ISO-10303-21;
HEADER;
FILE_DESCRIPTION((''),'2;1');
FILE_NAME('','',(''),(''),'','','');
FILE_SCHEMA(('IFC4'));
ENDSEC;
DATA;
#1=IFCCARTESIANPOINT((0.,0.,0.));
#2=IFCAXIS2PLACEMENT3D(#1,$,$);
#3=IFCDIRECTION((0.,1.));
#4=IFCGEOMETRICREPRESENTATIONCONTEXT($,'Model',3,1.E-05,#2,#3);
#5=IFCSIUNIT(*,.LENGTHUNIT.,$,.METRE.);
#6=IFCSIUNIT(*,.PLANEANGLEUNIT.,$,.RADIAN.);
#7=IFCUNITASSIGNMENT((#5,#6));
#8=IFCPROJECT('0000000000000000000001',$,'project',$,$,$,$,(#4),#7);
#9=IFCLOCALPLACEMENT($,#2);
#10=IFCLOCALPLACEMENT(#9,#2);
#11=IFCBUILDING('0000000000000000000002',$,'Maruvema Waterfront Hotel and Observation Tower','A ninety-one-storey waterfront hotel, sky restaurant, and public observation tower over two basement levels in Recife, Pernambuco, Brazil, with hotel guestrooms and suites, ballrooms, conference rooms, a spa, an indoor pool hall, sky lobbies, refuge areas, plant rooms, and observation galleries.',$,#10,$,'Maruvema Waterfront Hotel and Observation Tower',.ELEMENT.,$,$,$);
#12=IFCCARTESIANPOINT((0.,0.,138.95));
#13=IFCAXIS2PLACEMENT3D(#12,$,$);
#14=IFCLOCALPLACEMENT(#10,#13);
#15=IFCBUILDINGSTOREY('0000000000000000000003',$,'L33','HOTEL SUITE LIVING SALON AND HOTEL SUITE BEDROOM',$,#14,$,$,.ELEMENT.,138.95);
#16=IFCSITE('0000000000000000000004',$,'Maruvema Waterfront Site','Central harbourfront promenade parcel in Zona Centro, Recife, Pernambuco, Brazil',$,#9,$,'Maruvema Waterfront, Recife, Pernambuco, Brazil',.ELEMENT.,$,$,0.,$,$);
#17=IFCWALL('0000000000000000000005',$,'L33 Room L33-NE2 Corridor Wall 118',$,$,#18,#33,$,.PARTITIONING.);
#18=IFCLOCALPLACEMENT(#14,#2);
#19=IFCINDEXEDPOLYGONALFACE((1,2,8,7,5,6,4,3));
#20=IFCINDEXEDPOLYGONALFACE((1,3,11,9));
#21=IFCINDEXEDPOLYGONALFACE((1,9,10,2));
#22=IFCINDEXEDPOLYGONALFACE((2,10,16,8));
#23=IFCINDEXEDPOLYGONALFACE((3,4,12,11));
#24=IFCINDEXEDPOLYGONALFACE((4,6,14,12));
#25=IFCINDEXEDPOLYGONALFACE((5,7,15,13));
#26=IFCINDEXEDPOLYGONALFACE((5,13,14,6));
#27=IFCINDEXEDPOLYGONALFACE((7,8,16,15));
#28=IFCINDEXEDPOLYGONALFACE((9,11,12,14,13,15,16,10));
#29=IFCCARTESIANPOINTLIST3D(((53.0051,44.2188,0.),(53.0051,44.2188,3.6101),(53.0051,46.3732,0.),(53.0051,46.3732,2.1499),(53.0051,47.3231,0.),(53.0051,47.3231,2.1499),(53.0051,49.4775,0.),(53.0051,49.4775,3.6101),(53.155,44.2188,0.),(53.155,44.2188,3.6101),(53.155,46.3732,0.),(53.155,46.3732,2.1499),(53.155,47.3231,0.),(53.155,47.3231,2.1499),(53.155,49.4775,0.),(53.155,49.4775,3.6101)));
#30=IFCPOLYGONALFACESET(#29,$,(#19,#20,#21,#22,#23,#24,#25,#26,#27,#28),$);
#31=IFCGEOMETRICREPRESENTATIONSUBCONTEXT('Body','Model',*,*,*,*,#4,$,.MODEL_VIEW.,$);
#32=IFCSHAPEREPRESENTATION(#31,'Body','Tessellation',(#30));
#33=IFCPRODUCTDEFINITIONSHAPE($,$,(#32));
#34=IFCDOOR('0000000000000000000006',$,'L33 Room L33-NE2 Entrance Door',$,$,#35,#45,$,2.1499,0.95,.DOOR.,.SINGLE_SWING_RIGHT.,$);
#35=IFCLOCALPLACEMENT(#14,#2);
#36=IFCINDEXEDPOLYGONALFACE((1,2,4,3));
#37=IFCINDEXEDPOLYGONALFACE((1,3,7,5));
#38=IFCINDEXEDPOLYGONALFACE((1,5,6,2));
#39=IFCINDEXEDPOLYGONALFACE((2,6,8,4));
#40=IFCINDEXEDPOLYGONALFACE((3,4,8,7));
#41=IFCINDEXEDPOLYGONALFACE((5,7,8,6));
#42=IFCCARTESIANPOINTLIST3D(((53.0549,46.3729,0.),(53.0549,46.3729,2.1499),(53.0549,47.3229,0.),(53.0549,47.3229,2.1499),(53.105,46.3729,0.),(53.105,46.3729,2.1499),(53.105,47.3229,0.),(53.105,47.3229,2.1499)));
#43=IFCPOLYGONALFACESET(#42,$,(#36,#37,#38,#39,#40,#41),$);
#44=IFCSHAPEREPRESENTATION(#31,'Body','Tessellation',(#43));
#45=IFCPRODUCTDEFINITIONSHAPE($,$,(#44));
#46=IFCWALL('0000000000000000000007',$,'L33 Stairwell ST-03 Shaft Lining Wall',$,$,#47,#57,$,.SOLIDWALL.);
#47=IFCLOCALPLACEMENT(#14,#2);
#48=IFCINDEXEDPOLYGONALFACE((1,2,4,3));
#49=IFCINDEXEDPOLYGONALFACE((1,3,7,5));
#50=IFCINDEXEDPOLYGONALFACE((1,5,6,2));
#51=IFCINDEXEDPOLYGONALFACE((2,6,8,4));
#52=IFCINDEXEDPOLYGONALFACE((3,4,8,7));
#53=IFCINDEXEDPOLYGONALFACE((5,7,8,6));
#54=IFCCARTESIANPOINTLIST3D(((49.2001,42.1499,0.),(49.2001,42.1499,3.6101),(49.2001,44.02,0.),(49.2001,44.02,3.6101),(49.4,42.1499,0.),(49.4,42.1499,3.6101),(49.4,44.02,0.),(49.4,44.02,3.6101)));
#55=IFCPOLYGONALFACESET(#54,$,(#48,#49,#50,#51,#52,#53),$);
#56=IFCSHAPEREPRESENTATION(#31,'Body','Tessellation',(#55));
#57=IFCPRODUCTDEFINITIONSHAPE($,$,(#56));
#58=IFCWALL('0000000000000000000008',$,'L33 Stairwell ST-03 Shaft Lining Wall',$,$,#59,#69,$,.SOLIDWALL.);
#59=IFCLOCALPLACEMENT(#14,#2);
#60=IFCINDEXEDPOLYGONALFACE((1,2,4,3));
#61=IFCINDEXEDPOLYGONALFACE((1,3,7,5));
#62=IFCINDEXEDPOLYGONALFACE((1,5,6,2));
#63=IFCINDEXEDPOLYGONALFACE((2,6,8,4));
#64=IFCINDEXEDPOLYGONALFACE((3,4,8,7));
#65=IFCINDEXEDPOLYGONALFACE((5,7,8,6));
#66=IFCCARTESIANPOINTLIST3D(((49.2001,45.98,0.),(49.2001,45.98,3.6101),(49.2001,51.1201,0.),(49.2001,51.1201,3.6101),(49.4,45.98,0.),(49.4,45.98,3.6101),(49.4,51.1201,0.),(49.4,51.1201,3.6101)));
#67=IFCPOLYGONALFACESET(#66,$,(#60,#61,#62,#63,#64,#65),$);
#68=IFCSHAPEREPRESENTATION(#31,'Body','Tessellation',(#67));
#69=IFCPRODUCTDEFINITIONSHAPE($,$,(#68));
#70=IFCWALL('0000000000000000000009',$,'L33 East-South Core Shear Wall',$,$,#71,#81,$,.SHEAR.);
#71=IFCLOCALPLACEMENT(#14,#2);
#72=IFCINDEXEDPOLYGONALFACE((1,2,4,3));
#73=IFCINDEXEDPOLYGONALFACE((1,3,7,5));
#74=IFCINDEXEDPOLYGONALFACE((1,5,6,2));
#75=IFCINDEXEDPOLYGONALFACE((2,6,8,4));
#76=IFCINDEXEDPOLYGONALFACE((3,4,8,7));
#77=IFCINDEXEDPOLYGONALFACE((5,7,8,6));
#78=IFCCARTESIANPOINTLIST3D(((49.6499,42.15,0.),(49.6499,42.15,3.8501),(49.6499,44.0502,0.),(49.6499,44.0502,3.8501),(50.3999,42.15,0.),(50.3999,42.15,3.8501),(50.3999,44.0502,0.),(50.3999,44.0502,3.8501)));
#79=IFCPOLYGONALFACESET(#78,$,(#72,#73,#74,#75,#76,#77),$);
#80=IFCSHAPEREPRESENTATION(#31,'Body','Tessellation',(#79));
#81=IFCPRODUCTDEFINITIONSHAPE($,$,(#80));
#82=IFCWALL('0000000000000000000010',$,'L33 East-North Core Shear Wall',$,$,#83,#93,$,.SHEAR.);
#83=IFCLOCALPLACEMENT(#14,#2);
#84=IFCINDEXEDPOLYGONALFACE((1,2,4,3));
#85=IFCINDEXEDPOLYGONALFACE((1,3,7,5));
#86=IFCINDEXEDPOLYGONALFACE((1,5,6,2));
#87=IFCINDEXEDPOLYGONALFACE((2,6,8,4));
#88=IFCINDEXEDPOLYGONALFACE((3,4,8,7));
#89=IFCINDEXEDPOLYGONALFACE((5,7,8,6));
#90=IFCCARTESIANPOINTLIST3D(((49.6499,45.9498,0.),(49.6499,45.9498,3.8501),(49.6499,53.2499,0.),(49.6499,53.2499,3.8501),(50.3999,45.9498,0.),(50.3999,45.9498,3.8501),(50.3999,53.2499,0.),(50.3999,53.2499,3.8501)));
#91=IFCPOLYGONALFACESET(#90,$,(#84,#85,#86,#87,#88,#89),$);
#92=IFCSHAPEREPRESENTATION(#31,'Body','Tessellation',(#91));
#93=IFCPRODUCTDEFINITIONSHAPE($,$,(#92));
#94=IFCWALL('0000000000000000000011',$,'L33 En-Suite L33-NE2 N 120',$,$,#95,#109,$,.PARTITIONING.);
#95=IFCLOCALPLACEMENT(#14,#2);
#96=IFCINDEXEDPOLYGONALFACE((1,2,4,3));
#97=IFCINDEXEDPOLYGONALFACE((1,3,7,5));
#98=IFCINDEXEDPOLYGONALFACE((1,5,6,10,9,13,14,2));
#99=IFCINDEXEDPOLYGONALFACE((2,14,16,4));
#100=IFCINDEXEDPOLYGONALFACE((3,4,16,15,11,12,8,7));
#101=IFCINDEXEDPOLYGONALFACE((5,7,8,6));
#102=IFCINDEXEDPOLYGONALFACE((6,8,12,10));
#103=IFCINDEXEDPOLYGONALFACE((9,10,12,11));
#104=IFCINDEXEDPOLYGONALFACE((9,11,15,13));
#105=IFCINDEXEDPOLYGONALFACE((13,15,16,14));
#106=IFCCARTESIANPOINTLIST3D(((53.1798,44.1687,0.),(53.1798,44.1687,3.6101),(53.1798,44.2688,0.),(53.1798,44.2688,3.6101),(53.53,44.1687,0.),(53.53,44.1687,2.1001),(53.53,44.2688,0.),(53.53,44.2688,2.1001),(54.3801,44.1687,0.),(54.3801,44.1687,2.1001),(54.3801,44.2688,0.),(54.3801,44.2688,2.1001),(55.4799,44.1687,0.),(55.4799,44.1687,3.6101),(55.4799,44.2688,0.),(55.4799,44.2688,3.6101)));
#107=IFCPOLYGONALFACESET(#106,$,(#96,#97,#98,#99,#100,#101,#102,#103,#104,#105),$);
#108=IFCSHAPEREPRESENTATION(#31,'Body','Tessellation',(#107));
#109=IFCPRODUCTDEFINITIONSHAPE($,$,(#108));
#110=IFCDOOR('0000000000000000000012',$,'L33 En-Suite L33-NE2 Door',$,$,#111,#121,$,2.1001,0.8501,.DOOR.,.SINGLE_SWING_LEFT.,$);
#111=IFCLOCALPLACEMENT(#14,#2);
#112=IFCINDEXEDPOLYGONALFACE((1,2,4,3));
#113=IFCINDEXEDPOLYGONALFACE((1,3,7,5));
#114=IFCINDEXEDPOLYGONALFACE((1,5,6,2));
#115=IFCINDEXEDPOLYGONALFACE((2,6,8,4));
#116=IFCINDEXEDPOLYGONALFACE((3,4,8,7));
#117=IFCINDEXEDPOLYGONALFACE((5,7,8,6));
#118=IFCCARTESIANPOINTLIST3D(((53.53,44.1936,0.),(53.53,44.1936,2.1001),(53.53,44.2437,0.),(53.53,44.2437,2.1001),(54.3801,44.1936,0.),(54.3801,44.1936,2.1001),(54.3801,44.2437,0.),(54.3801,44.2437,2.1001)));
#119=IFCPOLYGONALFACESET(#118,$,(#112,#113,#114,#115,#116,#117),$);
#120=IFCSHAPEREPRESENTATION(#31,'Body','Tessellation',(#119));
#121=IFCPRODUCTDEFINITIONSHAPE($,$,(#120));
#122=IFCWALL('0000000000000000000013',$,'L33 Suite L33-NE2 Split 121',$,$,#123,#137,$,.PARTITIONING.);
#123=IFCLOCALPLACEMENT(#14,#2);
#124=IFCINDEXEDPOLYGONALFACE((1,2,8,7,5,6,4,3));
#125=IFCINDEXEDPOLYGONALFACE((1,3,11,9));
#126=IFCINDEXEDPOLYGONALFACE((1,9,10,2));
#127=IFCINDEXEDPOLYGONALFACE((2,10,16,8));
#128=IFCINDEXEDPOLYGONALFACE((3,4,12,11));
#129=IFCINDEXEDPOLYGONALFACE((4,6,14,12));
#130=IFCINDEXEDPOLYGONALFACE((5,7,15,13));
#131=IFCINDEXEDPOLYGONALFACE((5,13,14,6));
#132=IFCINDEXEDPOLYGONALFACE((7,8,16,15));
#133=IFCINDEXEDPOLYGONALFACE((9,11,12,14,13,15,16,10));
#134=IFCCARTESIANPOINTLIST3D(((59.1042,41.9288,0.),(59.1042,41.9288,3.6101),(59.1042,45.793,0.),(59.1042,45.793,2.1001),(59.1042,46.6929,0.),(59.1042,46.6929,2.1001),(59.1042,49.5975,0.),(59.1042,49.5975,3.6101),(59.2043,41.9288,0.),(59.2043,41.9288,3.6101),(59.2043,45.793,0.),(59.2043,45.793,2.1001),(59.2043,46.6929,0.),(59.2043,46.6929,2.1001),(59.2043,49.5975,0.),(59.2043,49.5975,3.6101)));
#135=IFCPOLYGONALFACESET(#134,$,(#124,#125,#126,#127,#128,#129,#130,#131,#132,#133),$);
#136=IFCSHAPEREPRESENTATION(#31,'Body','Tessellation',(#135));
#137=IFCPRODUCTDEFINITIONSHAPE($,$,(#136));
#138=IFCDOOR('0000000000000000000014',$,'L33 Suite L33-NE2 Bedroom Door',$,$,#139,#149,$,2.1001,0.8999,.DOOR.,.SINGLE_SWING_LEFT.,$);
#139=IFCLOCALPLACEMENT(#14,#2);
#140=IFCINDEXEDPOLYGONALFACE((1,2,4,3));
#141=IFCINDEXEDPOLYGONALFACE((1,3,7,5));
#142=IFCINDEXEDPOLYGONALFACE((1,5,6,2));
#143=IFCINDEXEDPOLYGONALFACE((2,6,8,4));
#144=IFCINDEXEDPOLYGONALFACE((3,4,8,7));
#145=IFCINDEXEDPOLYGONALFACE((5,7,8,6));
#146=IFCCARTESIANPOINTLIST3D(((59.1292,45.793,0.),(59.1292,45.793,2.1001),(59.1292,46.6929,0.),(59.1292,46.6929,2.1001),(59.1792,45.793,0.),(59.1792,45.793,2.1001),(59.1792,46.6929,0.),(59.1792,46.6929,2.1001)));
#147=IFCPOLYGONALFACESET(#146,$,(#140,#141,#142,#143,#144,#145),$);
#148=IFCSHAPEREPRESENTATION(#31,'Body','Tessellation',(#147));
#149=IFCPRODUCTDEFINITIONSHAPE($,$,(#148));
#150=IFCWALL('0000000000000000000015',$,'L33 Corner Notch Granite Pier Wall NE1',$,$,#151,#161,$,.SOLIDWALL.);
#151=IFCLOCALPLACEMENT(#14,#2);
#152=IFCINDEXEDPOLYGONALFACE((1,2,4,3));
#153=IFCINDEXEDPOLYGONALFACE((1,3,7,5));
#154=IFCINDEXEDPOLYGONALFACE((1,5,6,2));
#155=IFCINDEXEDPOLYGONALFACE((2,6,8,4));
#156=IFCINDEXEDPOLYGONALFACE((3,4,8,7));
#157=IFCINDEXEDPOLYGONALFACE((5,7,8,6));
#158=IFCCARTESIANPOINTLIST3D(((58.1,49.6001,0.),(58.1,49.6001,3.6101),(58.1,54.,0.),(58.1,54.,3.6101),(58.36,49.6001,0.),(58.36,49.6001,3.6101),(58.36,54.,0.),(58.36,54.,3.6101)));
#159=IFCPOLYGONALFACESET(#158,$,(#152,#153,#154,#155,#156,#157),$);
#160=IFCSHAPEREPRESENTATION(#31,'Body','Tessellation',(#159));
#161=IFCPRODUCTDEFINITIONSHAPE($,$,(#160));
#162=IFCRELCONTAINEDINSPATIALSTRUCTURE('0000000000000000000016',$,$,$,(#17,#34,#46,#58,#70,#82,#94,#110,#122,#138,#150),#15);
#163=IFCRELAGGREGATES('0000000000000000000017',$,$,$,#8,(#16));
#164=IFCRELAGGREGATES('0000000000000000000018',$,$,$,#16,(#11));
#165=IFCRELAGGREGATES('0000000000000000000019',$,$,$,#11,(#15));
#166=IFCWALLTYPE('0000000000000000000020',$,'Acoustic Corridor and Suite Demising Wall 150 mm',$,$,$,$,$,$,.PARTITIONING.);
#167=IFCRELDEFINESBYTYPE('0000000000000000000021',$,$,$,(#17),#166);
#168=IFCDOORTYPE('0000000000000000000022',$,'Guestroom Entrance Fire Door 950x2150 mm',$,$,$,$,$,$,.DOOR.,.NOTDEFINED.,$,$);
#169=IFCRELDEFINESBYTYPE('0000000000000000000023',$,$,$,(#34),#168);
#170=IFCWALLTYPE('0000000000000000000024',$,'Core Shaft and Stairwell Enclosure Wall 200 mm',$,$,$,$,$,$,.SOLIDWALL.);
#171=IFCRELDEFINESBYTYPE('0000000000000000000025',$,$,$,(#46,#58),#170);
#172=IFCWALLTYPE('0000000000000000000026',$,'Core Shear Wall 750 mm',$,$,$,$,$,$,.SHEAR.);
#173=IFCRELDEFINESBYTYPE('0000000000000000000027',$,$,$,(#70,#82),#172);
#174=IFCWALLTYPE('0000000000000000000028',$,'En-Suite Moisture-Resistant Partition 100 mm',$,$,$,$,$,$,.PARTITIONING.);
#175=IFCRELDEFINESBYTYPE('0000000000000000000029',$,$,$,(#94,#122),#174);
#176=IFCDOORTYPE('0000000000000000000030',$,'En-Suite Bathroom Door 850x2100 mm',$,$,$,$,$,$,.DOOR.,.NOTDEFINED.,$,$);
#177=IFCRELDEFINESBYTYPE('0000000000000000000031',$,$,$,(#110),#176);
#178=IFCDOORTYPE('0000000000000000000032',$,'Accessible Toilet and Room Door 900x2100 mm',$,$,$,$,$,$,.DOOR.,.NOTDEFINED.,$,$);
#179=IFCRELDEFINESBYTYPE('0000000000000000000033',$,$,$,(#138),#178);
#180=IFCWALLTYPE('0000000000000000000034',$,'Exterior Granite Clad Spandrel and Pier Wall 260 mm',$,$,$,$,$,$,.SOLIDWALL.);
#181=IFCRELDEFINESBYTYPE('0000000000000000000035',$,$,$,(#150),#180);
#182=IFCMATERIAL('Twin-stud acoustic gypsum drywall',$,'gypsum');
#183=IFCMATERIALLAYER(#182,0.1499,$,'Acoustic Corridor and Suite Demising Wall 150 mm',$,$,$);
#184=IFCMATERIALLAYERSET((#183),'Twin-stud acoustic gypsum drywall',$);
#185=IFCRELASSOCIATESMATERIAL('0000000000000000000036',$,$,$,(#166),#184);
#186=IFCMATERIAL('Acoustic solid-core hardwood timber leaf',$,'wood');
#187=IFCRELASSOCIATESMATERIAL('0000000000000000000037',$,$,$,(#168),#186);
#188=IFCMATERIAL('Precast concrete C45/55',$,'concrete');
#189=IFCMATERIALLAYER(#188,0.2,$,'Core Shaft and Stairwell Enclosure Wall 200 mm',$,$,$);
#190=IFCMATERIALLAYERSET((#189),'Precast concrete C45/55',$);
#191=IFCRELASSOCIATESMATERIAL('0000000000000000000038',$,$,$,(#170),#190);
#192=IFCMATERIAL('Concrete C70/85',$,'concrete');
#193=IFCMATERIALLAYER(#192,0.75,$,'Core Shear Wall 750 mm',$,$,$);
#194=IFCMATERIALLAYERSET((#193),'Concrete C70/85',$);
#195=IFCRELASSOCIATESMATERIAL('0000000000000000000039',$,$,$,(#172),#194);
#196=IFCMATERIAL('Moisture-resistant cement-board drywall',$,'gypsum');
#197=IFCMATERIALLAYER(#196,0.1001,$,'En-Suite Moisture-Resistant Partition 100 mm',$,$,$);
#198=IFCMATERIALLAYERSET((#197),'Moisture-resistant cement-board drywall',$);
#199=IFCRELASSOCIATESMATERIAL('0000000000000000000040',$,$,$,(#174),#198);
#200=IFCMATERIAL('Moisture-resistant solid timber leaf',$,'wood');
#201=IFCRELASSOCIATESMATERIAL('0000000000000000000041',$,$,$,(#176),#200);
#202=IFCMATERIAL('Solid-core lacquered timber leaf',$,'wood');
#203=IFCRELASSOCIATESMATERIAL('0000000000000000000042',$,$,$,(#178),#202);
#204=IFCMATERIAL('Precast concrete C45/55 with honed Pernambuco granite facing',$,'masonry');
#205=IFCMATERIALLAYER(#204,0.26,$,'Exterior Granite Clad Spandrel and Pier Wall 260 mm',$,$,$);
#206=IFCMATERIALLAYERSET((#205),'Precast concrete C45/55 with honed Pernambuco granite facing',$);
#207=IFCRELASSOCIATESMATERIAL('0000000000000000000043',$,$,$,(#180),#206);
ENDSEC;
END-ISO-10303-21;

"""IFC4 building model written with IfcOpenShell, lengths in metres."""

from ifc_helpers import new_model, si_unit, direction, frame, frame_2d, origin, place, context, subcontext, project, spatial, rectangle, extrude, material, layer, layer_set, type_object, element, fill, save


model = new_model("IFC4")

# Units and contexts
model_context = context("Model", 3, precision=1e-05, world=origin(), true_north=direction((0.0, 1.0)))
body_context = subcontext(model_context, "Body", "Model", "MODEL_VIEW")
ifc_project = project(units=[si_unit("LENGTHUNIT", "METRE"), si_unit("PLANEANGLEUNIT", "RADIAN")], contexts=[model_context])

# Site, building, storey
site_placement = place(None, origin())
site = spatial("IfcSite", under=ifc_project, at=site_placement, Name="Maruvema Waterfront Site", Description="Central harbourfront promenade parcel in Zona Centro, Recife, Pernambuco, Brazil", LongName="Maruvema Waterfront, Recife, Pernambuco, Brazil", CompositionType="ELEMENT", RefElevation=0.0)
building_placement = place(site_placement, origin())
building = spatial("IfcBuilding", under=site, at=building_placement, Name="Maruvema Waterfront Hotel and Observation Tower", Description="A ninety-one-storey waterfront hotel, sky restaurant, and public observation tower over two basement levels in Recife, Pernambuco, Brazil, with hotel guestrooms and suites, ballrooms, conference rooms, a spa, an indoor pool hall, sky lobbies, refuge areas, plant rooms, and observation galleries.", LongName="Maruvema Waterfront Hotel and Observation Tower", CompositionType="ELEMENT")
storey_placement = place(building_placement, frame((0.0, 0.0, 138.95)))
storey = spatial("IfcBuildingStorey", under=building, at=storey_placement, Name="L33", Description="HOTEL SUITE LIVING SALON AND HOTEL SUITE BEDROOM", CompositionType="ELEMENT", Elevation=138.95)

# Wall, opening, door
ifc_material_1 = material(Name="Twin-stud acoustic gypsum drywall", Category="gypsum")
ifc_layer_1 = layer(ifc_material_1, 0.1499, Name="Acoustic Corridor and Suite Demising Wall 150 mm")
ifc_layer_set_1 = layer_set([ifc_layer_1], Name="Twin-stud acoustic gypsum drywall")
wall_type_1 = type_object("IfcWallType", Name="Acoustic Corridor and Suite Demising Wall 150 mm", PredefinedType="PARTITIONING", material=ifc_layer_set_1)
wall_1_placement = place(storey_placement, frame((53.0801, 44.2188, 0.0), z_axis=(0.0, 0.0, 1.0), x_axis=(0.0, 1.0, 0.0)))
wall_1 = element("IfcWall", 1, at=wall_1_placement, inside=storey, type_object=wall_type_1, Name="L33 Room L33-NE2 Corridor Wall 118", PredefinedType="PARTITIONING", context=body_context, shape_type="SweptSolid", body=[
    extrude(rectangle(XDim=5.2588, YDim=0.1499, at=frame_2d((2.6294, 0.0))), origin(), (0.0, 0.0, 1.0), 3.6101),
])
opening_1_placement = place(wall_1_placement, frame((2.1543, 0.0, 0.0)))
opening_1 = element("IfcOpeningElement", 2, at=opening_1_placement, cuts=wall_1, PredefinedType="OPENING", context=body_context, shape_type="SweptSolid", body=[
    extrude(rectangle(XDim=0.95, YDim=2.1499, at=frame_2d((0.4751, 1.075))), frame((0.0, 0.085, 0.0), z_axis=(0.0, -1.0, 0.0), x_axis=(1.0, 0.0, 0.0)), (0.0, 0.0, 1.0), 0.1699),
])
ifc_material_2 = material(Name="Acoustic solid-core hardwood timber leaf", Category="wood")
door_type_1 = type_object("IfcDoorType", Name="Guestroom Entrance Fire Door 950x2150 mm", OperationType="NOTDEFINED", PredefinedType="DOOR", material=ifc_material_2)
door_1_placement = place(opening_1_placement, frame((0.95, 0.0, 0.0), z_axis=(0.0, 0.0, 1.0), x_axis=(-1.0, 0.0, 0.0)))
door_1 = element("IfcDoor", 3, at=door_1_placement, inside=storey, type_object=door_type_1, Name="L33 Room L33-NE2 Entrance Door", OperationType="SINGLE_SWING_RIGHT", OverallHeight=2.1499, OverallWidth=0.95, PredefinedType="DOOR", context=body_context, shape_type="SweptSolid", body=[
    extrude(rectangle(XDim=0.95, YDim=2.1499, at=frame_2d((0.4751, 1.075))), frame((0.0, 0.0249, 0.0), z_axis=(0.0, -1.0, 0.0), x_axis=(1.0, 0.0, 0.0)), (0.0, 0.0, 1.0), 0.05),
])
fill(opening_1, door_1)

# Walls
ifc_material_3 = material(Name="Precast concrete C45/55", Category="concrete")
ifc_layer_2 = layer(ifc_material_3, 0.2, Name="Core Shaft and Stairwell Enclosure Wall 200 mm")
ifc_layer_set_2 = layer_set([ifc_layer_2], Name="Precast concrete C45/55")
wall_type_2 = type_object("IfcWallType", Name="Core Shaft and Stairwell Enclosure Wall 200 mm", PredefinedType="SOLIDWALL", material=ifc_layer_set_2)
wall_2_placement = place(storey_placement, frame((49.3, 42.1499, 0.0), z_axis=(0.0, 0.0, 1.0), x_axis=(0.0, 1.0, 0.0)))
element("IfcWall", 4, at=wall_2_placement, inside=storey, type_object=wall_type_2, Name="L33 Stairwell ST-03 Shaft Lining Wall", PredefinedType="SOLIDWALL", context=body_context, shape_type="SweptSolid", body=[
    extrude(rectangle(XDim=1.8701, YDim=0.2, at=frame_2d((0.9351, 0.0))), origin(), (0.0, 0.0, 1.0), 3.6101),
])
wall_3_placement = place(storey_placement, frame((49.3, 45.98, 0.0), z_axis=(0.0, 0.0, 1.0), x_axis=(0.0, 1.0, 0.0)))
element("IfcWall", 5, at=wall_3_placement, inside=storey, type_object=wall_type_2, Name="L33 Stairwell ST-03 Shaft Lining Wall", PredefinedType="SOLIDWALL", context=body_context, shape_type="SweptSolid", body=[
    extrude(rectangle(XDim=5.1401, YDim=0.2, at=frame_2d((2.5701, 0.0))), origin(), (0.0, 0.0, 1.0), 3.6101),
])
ifc_material_4 = material(Name="Concrete C70/85", Category="concrete")
ifc_layer_3 = layer(ifc_material_4, 0.75, Name="Core Shear Wall 750 mm")
ifc_layer_set_3 = layer_set([ifc_layer_3], Name="Concrete C70/85")
wall_type_3 = type_object("IfcWallType", Name="Core Shear Wall 750 mm", PredefinedType="SHEAR", material=ifc_layer_set_3)
wall_4_placement = place(storey_placement, frame((50.0249, 42.1499, 0.0), z_axis=(0.0, 0.0, 1.0), x_axis=(0.0, 1.0, 0.0)))
element("IfcWall", 6, at=wall_4_placement, inside=storey, type_object=wall_type_3, Name="L33 East-South Core Shear Wall", PredefinedType="SHEAR", context=body_context, shape_type="SweptSolid", body=[
    extrude(rectangle(XDim=1.9001, YDim=0.75, at=frame_2d((0.9502, 0.0))), origin(), (0.0, 0.0, 1.0), 3.8501),
])
wall_5_placement = place(storey_placement, frame((50.0249, 45.95, 0.0), z_axis=(0.0, 0.0, 1.0), x_axis=(0.0, 1.0, 0.0)))
element("IfcWall", 7, at=wall_5_placement, inside=storey, type_object=wall_type_3, Name="L33 East-North Core Shear Wall", PredefinedType="SHEAR", context=body_context, shape_type="SweptSolid", body=[
    extrude(rectangle(XDim=7.3, YDim=0.75, at=frame_2d((3.6499, 0.0))), origin(), (0.0, 0.0, 1.0), 3.8501),
])

# Walls, openings, doors
ifc_material_5 = material(Name="Moisture-resistant cement-board drywall", Category="gypsum")
ifc_layer_4 = layer(ifc_material_5, 0.1001, Name="En-Suite Moisture-Resistant Partition 100 mm")
ifc_layer_set_4 = layer_set([ifc_layer_4], Name="Moisture-resistant cement-board drywall")
wall_type_4 = type_object("IfcWallType", Name="En-Suite Moisture-Resistant Partition 100 mm", PredefinedType="PARTITIONING", material=ifc_layer_set_4)
wall_6_placement = place(storey_placement, frame((53.1799, 44.2188, 0.0), z_axis=(0.0, 0.0, 1.0), x_axis=(1.0, 0.0, 0.0)))
wall_6 = element("IfcWall", 8, at=wall_6_placement, inside=storey, type_object=wall_type_4, Name="L33 En-Suite L33-NE2 N 120", PredefinedType="PARTITIONING", context=body_context, shape_type="SweptSolid", body=[
    extrude(rectangle(XDim=2.3, YDim=0.1001, at=frame_2d((1.1499, 0.0))), origin(), (0.0, 0.0, 1.0), 3.6101),
])
opening_2_placement = place(wall_6_placement, frame((0.3501, 0.0, 0.0)))
opening_2 = element("IfcOpeningElement", 9, at=opening_2_placement, cuts=wall_6, PredefinedType="OPENING", context=body_context, shape_type="SweptSolid", body=[
    extrude(rectangle(XDim=0.8501, YDim=2.1001, at=frame_2d((0.425, 1.05))), frame((0.0, 0.0601, 0.0), z_axis=(0.0, -1.0, 0.0), x_axis=(1.0, 0.0, 0.0)), (0.0, 0.0, 1.0), 0.1201),
])
ifc_material_6 = material(Name="Moisture-resistant solid timber leaf", Category="wood")
door_type_2 = type_object("IfcDoorType", Name="En-Suite Bathroom Door 850x2100 mm", OperationType="NOTDEFINED", PredefinedType="DOOR", material=ifc_material_6)
door_2_placement = place(opening_2_placement, origin())
door_2 = element("IfcDoor", 10, at=door_2_placement, inside=storey, type_object=door_type_2, Name="L33 En-Suite L33-NE2 Door", OperationType="SINGLE_SWING_LEFT", OverallHeight=2.1001, OverallWidth=0.8501, PredefinedType="DOOR", context=body_context, shape_type="SweptSolid", body=[
    extrude(rectangle(XDim=0.8501, YDim=2.1001, at=frame_2d((0.425, 1.05))), frame((0.0, 0.0249, 0.0), z_axis=(0.0, -1.0, 0.0), x_axis=(1.0, 0.0, 0.0)), (0.0, 0.0, 1.0), 0.05),
])
fill(opening_2, door_2)
wall_7_placement = place(storey_placement, frame((59.1543, 41.9287, 0.0), z_axis=(0.0, 0.0, 1.0), x_axis=(0.0, 1.0, 0.0)))
wall_7 = element("IfcWall", 11, at=wall_7_placement, inside=storey, type_object=wall_type_4, Name="L33 Suite L33-NE2 Split 121", PredefinedType="PARTITIONING", context=body_context, shape_type="SweptSolid", body=[
    extrude(rectangle(XDim=7.6687, YDim=0.1001, at=frame_2d((3.8345, 0.0))), origin(), (0.0, 0.0, 1.0), 3.6101),
])
opening_3_placement = place(wall_7_placement, frame((3.8643, 0.0, 0.0)))
opening_3 = element("IfcOpeningElement", 12, at=opening_3_placement, cuts=wall_7, PredefinedType="OPENING", context=body_context, shape_type="SweptSolid", body=[
    extrude(rectangle(XDim=0.8999, YDim=2.1001, at=frame_2d((0.45, 1.05))), frame((0.0, 0.0601, 0.0), z_axis=(0.0, -1.0, 0.0), x_axis=(1.0, 0.0, 0.0)), (0.0, 0.0, 1.0), 0.1201),
])
ifc_material_7 = material(Name="Solid-core lacquered timber leaf", Category="wood")
door_type_3 = type_object("IfcDoorType", Name="Accessible Toilet and Room Door 900x2100 mm", OperationType="NOTDEFINED", PredefinedType="DOOR", material=ifc_material_7)
door_3_placement = place(opening_3_placement, frame((0.8999, 0.0, 0.0), z_axis=(0.0, 0.0, 1.0), x_axis=(-1.0, 0.0, 0.0)))
door_3 = element("IfcDoor", 13, at=door_3_placement, inside=storey, type_object=door_type_3, Name="L33 Suite L33-NE2 Bedroom Door", OperationType="SINGLE_SWING_LEFT", OverallHeight=2.1001, OverallWidth=0.8999, PredefinedType="DOOR", context=body_context, shape_type="SweptSolid", body=[
    extrude(rectangle(XDim=0.8999, YDim=2.1001, at=frame_2d((0.45, 1.05))), frame((0.0, 0.0249, 0.0), z_axis=(0.0, -1.0, 0.0), x_axis=(1.0, 0.0, 0.0)), (0.0, 0.0, 1.0), 0.05),
])
fill(opening_3, door_3)

# Wall
ifc_material_8 = material(Name="Precast concrete C45/55 with honed Pernambuco granite facing", Category="masonry")
ifc_layer_5 = layer(ifc_material_8, 0.26, Name="Exterior Granite Clad Spandrel and Pier Wall 260 mm")
ifc_layer_set_5 = layer_set([ifc_layer_5], Name="Precast concrete C45/55 with honed Pernambuco granite facing")
wall_type_5 = type_object("IfcWallType", Name="Exterior Granite Clad Spandrel and Pier Wall 260 mm", PredefinedType="SOLIDWALL", material=ifc_layer_set_5)
for number, where, z_axis, x_axis, name in (
    (14, (58.23, 54.0, 0.0), (0.0, 0.0, 1.0), (0.0, -1.0, 0.0), "L33 Corner Notch Granite Pier Wall NE1"),
):
    element("IfcWall", number, at=place(storey_placement, frame(where, z_axis=z_axis, x_axis=x_axis)), inside=storey, type_object=wall_type_5, Name=name, PredefinedType="SOLIDWALL", context=body_context, shape_type="SweptSolid", body=[
        extrude(rectangle(XDim=4.3999, YDim=0.26, at=frame_2d((2.2, 0.0))), origin(), (0.0, 0.0, 1.0), 3.6101),
    ])

save(model, "model.ifc")
